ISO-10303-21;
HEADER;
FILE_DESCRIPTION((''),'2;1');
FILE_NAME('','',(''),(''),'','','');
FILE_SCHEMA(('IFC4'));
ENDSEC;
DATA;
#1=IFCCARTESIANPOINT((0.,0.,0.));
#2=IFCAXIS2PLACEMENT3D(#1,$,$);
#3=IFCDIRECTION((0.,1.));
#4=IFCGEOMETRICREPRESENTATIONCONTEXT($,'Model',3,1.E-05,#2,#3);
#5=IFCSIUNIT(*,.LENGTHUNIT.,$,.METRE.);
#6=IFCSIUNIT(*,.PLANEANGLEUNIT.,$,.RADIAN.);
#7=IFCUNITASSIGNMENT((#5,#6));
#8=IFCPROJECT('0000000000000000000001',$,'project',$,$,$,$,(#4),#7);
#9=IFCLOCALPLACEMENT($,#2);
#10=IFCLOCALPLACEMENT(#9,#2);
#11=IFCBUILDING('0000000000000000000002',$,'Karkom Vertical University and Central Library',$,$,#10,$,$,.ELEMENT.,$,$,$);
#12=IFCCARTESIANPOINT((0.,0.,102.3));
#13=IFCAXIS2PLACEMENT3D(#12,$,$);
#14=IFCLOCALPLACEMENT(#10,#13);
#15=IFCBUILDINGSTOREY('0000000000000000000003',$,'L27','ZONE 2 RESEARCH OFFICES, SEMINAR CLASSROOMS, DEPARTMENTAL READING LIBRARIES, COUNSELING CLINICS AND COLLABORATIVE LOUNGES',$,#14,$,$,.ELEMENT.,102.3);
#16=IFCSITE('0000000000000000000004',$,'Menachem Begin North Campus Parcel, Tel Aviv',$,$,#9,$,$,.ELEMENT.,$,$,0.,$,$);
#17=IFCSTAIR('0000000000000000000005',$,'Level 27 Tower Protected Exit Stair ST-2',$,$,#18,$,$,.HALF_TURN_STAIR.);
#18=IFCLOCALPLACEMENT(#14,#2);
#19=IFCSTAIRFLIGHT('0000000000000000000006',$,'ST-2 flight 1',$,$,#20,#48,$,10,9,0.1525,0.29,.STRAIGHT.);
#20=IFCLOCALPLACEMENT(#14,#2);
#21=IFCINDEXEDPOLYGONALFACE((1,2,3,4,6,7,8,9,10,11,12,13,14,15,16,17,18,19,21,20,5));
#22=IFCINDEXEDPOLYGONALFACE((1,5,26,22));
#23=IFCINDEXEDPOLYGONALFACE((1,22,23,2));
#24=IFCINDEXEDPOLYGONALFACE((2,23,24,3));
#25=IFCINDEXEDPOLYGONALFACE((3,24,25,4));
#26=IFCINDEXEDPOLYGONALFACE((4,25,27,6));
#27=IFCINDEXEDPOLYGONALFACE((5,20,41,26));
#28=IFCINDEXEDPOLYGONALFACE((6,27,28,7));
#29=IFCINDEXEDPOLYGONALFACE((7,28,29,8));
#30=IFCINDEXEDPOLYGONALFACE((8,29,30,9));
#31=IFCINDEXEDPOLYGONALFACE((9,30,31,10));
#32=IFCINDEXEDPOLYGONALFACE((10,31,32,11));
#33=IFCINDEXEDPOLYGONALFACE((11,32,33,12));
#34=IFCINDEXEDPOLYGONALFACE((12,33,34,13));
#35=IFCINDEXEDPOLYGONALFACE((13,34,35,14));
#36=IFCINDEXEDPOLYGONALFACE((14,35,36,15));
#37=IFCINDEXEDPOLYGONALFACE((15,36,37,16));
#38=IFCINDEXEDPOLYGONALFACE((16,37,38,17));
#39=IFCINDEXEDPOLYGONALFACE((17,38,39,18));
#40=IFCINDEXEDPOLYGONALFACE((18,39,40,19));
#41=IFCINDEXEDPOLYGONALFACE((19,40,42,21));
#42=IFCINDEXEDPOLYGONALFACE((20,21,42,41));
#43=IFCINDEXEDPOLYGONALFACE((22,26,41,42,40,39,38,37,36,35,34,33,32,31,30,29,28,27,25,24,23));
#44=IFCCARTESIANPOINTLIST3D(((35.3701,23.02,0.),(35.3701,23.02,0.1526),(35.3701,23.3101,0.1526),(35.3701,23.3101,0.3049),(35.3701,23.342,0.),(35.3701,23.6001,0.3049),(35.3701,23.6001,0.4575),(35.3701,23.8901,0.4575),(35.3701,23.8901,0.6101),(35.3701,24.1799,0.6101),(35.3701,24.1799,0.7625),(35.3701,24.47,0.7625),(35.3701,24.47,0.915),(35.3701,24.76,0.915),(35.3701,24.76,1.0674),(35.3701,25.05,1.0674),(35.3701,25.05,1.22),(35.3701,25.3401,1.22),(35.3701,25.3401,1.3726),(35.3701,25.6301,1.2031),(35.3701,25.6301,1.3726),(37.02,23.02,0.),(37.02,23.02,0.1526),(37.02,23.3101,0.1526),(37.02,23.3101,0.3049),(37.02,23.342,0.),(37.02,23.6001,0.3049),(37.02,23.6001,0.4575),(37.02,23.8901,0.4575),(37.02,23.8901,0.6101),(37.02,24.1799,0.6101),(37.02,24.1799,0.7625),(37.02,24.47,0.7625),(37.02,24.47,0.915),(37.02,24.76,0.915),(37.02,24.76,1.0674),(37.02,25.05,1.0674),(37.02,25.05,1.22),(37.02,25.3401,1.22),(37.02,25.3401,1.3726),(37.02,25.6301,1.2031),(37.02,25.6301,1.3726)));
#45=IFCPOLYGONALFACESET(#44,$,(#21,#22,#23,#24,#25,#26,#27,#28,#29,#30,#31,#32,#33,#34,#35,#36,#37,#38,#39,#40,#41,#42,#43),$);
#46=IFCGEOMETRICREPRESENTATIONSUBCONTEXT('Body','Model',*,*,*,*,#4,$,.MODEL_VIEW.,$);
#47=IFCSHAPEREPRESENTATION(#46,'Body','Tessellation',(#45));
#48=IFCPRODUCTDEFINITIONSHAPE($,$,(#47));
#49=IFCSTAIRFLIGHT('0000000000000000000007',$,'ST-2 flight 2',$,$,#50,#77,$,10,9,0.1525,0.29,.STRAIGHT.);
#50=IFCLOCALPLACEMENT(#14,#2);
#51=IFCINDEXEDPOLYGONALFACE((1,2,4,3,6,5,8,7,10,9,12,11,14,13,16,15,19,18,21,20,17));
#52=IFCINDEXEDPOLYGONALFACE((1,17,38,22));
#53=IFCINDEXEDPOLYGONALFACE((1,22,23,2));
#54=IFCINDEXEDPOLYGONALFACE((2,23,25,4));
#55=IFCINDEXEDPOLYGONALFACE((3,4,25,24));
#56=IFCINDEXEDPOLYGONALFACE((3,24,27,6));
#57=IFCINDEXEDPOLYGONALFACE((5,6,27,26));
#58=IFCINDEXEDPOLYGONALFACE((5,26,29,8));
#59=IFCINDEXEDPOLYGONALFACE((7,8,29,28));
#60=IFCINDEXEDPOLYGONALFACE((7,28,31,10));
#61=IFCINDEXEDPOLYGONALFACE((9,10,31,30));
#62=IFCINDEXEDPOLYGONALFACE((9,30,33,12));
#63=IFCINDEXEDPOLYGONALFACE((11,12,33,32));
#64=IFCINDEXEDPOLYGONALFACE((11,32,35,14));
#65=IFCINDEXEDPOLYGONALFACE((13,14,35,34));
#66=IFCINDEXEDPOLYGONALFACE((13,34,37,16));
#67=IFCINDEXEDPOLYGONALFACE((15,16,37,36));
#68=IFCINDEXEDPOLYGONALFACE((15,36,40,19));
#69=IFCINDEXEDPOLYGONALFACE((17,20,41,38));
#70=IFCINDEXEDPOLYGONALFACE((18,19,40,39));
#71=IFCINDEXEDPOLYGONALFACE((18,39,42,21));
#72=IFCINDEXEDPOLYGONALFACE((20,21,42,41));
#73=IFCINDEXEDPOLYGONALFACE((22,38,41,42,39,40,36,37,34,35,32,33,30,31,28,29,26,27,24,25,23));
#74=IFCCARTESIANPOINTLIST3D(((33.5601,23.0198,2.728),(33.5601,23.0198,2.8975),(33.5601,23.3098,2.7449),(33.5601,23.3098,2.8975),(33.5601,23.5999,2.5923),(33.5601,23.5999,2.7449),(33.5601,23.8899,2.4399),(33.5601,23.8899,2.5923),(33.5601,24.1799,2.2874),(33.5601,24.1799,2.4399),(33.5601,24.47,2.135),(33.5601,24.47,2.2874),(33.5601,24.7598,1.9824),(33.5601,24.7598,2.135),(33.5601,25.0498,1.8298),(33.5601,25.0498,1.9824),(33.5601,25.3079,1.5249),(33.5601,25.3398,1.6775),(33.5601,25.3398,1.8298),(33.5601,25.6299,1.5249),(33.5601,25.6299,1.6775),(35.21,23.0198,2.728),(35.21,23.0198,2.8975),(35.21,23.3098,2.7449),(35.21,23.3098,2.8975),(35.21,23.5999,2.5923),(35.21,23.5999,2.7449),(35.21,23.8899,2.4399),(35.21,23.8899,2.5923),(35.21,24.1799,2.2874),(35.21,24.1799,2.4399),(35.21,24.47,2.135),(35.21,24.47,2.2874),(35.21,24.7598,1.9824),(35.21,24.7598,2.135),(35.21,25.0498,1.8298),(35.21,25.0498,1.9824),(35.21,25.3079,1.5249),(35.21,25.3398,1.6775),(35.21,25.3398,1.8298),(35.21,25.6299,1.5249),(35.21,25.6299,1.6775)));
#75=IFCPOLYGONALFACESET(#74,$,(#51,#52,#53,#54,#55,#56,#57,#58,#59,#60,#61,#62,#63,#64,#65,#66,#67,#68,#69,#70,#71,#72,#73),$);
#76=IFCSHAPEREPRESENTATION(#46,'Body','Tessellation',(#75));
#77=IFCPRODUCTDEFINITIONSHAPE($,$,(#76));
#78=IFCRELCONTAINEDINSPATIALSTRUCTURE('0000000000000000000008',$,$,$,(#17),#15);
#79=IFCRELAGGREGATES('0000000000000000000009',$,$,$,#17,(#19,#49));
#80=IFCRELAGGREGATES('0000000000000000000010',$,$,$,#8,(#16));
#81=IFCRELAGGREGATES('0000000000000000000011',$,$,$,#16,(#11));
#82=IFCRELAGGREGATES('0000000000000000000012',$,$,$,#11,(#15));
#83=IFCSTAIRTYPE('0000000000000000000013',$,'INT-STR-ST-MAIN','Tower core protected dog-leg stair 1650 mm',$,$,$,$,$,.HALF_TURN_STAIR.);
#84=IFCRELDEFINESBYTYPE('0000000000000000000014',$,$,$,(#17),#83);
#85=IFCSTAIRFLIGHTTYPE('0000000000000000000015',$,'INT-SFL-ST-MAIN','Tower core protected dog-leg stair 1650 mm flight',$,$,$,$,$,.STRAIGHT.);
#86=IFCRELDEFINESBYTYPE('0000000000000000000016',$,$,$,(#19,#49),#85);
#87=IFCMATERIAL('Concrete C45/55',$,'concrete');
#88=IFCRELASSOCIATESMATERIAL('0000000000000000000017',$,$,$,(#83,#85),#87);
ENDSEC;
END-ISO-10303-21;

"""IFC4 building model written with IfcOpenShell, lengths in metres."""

from ifc_helpers import new_model, si_unit, direction, frame, origin, place, context, subcontext, project, spatial, polyline, outline, extrude, material, type_object, element, aggregate, save


model = new_model("IFC4")

# Units and contexts
model_context = context("Model", 3, precision=1e-05, world=origin(), true_north=direction((0.0, 1.0)))
body_context = subcontext(model_context, "Body", "Model", "MODEL_VIEW")
ifc_project = project(units=[si_unit("LENGTHUNIT", "METRE"), si_unit("PLANEANGLEUNIT", "RADIAN")], contexts=[model_context])

# Site, building, storey
site_placement = place(None, origin())
site = spatial("IfcSite", under=ifc_project, at=site_placement, Name="Menachem Begin North Campus Parcel, Tel Aviv", CompositionType="ELEMENT", RefElevation=0.0)
building_placement = place(site_placement, origin())
building = spatial("IfcBuilding", under=site, at=building_placement, Name="Karkom Vertical University and Central Library", CompositionType="ELEMENT")
storey_placement = place(building_placement, frame((0.0, 0.0, 102.3)))
storey = spatial("IfcBuildingStorey", under=building, at=storey_placement, Name="L27", Description="ZONE 2 RESEARCH OFFICES, SEMINAR CLASSROOMS, DEPARTMENTAL READING LIBRARIES, COUNSELING CLINICS AND COLLABORATIVE LOUNGES", CompositionType="ELEMENT", Elevation=102.3)

# Shared definitions
ifc_material_1 = material(Name="Concrete C45/55", Category="concrete")

# Stair, stair flights
stair_type = type_object("IfcStairType", Name="INT-STR-ST-MAIN", Description="Tower core protected dog-leg stair 1650 mm", PredefinedType="HALF_TURN_STAIR", material=ifc_material_1)
stair_placement = place(storey_placement, origin())
stair = element("IfcStair", 1, at=stair_placement, inside=storey, type_object=stair_type, Name="Level 27 Tower Protected Exit Stair ST-2", PredefinedType="HALF_TURN_STAIR")
stair_flight_type = type_object("IfcStairFlightType", Name="INT-SFL-ST-MAIN", Description="Tower core protected dog-leg stair 1650 mm flight", PredefinedType="STRAIGHT", material=ifc_material_1)
stair_flight_1_placement = place(storey_placement, frame((36.1951, 23.02, 0.0), z_axis=(0.0, 0.0, 1.0), x_axis=(0.0, 1.0, 0.0)))
stair_flight_1 = element("IfcStairFlight", 2, at=stair_flight_1_placement, type_object=stair_flight_type, Name="ST-2 flight 1", NumberOfRisers=10, NumberOfTreads=9, PredefinedType="STRAIGHT", RiserHeight=0.1525, TreadLength=0.29, context=body_context, shape_type="SweptSolid", body=[
    extrude(outline(polyline([(0.0, 0.0), (0.0, 0.1526), (0.29, 0.1526), (0.29, 0.3049), (0.5801, 0.3049), (0.5801, 0.4575), (0.8701, 0.4575), (0.8701, 0.6101), (1.1599, 0.6101), (1.1599, 0.7625), (1.45, 0.7625), (1.45, 0.915), (1.74, 0.915), (1.74, 1.0674), (2.03, 1.0674), (2.03, 1.22), (2.3201, 1.22), (2.3201, 1.3726), (2.6101, 1.3726), (2.6101, 1.5249), (2.6101, 1.2031), (0.322, 0.0), (0.0, 0.0)])), frame((0.0, 0.825, 0.0), z_axis=(0.0, -1.0, 0.0), x_axis=(1.0, 0.0, 0.0)), (0.0, 0.0, 1.0), 1.6499),
])
stair_flight_2_placement = place(storey_placement, frame((34.385, 25.6299, 1.5249), z_axis=(0.0, 0.0, 1.0), x_axis=(0.0, -1.0, 0.0)))
stair_flight_2 = element("IfcStairFlight", 3, at=stair_flight_2_placement, type_object=stair_flight_type, Name="ST-2 flight 2", NumberOfRisers=10, NumberOfTreads=9, PredefinedType="STRAIGHT", RiserHeight=0.1525, TreadLength=0.29, context=body_context, shape_type="SweptSolid", body=[
    extrude(outline(polyline([(0.0, 0.0), (0.0, 0.1526), (0.29, 0.1526), (0.29, 0.3049), (0.5801, 0.3049), (0.5801, 0.4575), (0.8701, 0.4575), (0.8701, 0.6101), (1.1599, 0.6101), (1.1599, 0.7625), (1.45, 0.7625), (1.45, 0.915), (1.74, 0.915), (1.74, 1.0674), (2.03, 1.0674), (2.03, 1.22), (2.3201, 1.22), (2.3201, 1.3726), (2.6101, 1.3726), (2.6101, 1.5249), (2.6101, 1.2031), (0.322, 0.0), (0.0, 0.0)])), frame((0.0, 0.825, 0.0), z_axis=(0.0, -1.0, 0.0), x_axis=(1.0, 0.0, 0.0)), (0.0, 0.0, 1.0), 1.6499),
])
aggregate(stair, [stair_flight_1, stair_flight_2])

save(model, "model.ifc")
